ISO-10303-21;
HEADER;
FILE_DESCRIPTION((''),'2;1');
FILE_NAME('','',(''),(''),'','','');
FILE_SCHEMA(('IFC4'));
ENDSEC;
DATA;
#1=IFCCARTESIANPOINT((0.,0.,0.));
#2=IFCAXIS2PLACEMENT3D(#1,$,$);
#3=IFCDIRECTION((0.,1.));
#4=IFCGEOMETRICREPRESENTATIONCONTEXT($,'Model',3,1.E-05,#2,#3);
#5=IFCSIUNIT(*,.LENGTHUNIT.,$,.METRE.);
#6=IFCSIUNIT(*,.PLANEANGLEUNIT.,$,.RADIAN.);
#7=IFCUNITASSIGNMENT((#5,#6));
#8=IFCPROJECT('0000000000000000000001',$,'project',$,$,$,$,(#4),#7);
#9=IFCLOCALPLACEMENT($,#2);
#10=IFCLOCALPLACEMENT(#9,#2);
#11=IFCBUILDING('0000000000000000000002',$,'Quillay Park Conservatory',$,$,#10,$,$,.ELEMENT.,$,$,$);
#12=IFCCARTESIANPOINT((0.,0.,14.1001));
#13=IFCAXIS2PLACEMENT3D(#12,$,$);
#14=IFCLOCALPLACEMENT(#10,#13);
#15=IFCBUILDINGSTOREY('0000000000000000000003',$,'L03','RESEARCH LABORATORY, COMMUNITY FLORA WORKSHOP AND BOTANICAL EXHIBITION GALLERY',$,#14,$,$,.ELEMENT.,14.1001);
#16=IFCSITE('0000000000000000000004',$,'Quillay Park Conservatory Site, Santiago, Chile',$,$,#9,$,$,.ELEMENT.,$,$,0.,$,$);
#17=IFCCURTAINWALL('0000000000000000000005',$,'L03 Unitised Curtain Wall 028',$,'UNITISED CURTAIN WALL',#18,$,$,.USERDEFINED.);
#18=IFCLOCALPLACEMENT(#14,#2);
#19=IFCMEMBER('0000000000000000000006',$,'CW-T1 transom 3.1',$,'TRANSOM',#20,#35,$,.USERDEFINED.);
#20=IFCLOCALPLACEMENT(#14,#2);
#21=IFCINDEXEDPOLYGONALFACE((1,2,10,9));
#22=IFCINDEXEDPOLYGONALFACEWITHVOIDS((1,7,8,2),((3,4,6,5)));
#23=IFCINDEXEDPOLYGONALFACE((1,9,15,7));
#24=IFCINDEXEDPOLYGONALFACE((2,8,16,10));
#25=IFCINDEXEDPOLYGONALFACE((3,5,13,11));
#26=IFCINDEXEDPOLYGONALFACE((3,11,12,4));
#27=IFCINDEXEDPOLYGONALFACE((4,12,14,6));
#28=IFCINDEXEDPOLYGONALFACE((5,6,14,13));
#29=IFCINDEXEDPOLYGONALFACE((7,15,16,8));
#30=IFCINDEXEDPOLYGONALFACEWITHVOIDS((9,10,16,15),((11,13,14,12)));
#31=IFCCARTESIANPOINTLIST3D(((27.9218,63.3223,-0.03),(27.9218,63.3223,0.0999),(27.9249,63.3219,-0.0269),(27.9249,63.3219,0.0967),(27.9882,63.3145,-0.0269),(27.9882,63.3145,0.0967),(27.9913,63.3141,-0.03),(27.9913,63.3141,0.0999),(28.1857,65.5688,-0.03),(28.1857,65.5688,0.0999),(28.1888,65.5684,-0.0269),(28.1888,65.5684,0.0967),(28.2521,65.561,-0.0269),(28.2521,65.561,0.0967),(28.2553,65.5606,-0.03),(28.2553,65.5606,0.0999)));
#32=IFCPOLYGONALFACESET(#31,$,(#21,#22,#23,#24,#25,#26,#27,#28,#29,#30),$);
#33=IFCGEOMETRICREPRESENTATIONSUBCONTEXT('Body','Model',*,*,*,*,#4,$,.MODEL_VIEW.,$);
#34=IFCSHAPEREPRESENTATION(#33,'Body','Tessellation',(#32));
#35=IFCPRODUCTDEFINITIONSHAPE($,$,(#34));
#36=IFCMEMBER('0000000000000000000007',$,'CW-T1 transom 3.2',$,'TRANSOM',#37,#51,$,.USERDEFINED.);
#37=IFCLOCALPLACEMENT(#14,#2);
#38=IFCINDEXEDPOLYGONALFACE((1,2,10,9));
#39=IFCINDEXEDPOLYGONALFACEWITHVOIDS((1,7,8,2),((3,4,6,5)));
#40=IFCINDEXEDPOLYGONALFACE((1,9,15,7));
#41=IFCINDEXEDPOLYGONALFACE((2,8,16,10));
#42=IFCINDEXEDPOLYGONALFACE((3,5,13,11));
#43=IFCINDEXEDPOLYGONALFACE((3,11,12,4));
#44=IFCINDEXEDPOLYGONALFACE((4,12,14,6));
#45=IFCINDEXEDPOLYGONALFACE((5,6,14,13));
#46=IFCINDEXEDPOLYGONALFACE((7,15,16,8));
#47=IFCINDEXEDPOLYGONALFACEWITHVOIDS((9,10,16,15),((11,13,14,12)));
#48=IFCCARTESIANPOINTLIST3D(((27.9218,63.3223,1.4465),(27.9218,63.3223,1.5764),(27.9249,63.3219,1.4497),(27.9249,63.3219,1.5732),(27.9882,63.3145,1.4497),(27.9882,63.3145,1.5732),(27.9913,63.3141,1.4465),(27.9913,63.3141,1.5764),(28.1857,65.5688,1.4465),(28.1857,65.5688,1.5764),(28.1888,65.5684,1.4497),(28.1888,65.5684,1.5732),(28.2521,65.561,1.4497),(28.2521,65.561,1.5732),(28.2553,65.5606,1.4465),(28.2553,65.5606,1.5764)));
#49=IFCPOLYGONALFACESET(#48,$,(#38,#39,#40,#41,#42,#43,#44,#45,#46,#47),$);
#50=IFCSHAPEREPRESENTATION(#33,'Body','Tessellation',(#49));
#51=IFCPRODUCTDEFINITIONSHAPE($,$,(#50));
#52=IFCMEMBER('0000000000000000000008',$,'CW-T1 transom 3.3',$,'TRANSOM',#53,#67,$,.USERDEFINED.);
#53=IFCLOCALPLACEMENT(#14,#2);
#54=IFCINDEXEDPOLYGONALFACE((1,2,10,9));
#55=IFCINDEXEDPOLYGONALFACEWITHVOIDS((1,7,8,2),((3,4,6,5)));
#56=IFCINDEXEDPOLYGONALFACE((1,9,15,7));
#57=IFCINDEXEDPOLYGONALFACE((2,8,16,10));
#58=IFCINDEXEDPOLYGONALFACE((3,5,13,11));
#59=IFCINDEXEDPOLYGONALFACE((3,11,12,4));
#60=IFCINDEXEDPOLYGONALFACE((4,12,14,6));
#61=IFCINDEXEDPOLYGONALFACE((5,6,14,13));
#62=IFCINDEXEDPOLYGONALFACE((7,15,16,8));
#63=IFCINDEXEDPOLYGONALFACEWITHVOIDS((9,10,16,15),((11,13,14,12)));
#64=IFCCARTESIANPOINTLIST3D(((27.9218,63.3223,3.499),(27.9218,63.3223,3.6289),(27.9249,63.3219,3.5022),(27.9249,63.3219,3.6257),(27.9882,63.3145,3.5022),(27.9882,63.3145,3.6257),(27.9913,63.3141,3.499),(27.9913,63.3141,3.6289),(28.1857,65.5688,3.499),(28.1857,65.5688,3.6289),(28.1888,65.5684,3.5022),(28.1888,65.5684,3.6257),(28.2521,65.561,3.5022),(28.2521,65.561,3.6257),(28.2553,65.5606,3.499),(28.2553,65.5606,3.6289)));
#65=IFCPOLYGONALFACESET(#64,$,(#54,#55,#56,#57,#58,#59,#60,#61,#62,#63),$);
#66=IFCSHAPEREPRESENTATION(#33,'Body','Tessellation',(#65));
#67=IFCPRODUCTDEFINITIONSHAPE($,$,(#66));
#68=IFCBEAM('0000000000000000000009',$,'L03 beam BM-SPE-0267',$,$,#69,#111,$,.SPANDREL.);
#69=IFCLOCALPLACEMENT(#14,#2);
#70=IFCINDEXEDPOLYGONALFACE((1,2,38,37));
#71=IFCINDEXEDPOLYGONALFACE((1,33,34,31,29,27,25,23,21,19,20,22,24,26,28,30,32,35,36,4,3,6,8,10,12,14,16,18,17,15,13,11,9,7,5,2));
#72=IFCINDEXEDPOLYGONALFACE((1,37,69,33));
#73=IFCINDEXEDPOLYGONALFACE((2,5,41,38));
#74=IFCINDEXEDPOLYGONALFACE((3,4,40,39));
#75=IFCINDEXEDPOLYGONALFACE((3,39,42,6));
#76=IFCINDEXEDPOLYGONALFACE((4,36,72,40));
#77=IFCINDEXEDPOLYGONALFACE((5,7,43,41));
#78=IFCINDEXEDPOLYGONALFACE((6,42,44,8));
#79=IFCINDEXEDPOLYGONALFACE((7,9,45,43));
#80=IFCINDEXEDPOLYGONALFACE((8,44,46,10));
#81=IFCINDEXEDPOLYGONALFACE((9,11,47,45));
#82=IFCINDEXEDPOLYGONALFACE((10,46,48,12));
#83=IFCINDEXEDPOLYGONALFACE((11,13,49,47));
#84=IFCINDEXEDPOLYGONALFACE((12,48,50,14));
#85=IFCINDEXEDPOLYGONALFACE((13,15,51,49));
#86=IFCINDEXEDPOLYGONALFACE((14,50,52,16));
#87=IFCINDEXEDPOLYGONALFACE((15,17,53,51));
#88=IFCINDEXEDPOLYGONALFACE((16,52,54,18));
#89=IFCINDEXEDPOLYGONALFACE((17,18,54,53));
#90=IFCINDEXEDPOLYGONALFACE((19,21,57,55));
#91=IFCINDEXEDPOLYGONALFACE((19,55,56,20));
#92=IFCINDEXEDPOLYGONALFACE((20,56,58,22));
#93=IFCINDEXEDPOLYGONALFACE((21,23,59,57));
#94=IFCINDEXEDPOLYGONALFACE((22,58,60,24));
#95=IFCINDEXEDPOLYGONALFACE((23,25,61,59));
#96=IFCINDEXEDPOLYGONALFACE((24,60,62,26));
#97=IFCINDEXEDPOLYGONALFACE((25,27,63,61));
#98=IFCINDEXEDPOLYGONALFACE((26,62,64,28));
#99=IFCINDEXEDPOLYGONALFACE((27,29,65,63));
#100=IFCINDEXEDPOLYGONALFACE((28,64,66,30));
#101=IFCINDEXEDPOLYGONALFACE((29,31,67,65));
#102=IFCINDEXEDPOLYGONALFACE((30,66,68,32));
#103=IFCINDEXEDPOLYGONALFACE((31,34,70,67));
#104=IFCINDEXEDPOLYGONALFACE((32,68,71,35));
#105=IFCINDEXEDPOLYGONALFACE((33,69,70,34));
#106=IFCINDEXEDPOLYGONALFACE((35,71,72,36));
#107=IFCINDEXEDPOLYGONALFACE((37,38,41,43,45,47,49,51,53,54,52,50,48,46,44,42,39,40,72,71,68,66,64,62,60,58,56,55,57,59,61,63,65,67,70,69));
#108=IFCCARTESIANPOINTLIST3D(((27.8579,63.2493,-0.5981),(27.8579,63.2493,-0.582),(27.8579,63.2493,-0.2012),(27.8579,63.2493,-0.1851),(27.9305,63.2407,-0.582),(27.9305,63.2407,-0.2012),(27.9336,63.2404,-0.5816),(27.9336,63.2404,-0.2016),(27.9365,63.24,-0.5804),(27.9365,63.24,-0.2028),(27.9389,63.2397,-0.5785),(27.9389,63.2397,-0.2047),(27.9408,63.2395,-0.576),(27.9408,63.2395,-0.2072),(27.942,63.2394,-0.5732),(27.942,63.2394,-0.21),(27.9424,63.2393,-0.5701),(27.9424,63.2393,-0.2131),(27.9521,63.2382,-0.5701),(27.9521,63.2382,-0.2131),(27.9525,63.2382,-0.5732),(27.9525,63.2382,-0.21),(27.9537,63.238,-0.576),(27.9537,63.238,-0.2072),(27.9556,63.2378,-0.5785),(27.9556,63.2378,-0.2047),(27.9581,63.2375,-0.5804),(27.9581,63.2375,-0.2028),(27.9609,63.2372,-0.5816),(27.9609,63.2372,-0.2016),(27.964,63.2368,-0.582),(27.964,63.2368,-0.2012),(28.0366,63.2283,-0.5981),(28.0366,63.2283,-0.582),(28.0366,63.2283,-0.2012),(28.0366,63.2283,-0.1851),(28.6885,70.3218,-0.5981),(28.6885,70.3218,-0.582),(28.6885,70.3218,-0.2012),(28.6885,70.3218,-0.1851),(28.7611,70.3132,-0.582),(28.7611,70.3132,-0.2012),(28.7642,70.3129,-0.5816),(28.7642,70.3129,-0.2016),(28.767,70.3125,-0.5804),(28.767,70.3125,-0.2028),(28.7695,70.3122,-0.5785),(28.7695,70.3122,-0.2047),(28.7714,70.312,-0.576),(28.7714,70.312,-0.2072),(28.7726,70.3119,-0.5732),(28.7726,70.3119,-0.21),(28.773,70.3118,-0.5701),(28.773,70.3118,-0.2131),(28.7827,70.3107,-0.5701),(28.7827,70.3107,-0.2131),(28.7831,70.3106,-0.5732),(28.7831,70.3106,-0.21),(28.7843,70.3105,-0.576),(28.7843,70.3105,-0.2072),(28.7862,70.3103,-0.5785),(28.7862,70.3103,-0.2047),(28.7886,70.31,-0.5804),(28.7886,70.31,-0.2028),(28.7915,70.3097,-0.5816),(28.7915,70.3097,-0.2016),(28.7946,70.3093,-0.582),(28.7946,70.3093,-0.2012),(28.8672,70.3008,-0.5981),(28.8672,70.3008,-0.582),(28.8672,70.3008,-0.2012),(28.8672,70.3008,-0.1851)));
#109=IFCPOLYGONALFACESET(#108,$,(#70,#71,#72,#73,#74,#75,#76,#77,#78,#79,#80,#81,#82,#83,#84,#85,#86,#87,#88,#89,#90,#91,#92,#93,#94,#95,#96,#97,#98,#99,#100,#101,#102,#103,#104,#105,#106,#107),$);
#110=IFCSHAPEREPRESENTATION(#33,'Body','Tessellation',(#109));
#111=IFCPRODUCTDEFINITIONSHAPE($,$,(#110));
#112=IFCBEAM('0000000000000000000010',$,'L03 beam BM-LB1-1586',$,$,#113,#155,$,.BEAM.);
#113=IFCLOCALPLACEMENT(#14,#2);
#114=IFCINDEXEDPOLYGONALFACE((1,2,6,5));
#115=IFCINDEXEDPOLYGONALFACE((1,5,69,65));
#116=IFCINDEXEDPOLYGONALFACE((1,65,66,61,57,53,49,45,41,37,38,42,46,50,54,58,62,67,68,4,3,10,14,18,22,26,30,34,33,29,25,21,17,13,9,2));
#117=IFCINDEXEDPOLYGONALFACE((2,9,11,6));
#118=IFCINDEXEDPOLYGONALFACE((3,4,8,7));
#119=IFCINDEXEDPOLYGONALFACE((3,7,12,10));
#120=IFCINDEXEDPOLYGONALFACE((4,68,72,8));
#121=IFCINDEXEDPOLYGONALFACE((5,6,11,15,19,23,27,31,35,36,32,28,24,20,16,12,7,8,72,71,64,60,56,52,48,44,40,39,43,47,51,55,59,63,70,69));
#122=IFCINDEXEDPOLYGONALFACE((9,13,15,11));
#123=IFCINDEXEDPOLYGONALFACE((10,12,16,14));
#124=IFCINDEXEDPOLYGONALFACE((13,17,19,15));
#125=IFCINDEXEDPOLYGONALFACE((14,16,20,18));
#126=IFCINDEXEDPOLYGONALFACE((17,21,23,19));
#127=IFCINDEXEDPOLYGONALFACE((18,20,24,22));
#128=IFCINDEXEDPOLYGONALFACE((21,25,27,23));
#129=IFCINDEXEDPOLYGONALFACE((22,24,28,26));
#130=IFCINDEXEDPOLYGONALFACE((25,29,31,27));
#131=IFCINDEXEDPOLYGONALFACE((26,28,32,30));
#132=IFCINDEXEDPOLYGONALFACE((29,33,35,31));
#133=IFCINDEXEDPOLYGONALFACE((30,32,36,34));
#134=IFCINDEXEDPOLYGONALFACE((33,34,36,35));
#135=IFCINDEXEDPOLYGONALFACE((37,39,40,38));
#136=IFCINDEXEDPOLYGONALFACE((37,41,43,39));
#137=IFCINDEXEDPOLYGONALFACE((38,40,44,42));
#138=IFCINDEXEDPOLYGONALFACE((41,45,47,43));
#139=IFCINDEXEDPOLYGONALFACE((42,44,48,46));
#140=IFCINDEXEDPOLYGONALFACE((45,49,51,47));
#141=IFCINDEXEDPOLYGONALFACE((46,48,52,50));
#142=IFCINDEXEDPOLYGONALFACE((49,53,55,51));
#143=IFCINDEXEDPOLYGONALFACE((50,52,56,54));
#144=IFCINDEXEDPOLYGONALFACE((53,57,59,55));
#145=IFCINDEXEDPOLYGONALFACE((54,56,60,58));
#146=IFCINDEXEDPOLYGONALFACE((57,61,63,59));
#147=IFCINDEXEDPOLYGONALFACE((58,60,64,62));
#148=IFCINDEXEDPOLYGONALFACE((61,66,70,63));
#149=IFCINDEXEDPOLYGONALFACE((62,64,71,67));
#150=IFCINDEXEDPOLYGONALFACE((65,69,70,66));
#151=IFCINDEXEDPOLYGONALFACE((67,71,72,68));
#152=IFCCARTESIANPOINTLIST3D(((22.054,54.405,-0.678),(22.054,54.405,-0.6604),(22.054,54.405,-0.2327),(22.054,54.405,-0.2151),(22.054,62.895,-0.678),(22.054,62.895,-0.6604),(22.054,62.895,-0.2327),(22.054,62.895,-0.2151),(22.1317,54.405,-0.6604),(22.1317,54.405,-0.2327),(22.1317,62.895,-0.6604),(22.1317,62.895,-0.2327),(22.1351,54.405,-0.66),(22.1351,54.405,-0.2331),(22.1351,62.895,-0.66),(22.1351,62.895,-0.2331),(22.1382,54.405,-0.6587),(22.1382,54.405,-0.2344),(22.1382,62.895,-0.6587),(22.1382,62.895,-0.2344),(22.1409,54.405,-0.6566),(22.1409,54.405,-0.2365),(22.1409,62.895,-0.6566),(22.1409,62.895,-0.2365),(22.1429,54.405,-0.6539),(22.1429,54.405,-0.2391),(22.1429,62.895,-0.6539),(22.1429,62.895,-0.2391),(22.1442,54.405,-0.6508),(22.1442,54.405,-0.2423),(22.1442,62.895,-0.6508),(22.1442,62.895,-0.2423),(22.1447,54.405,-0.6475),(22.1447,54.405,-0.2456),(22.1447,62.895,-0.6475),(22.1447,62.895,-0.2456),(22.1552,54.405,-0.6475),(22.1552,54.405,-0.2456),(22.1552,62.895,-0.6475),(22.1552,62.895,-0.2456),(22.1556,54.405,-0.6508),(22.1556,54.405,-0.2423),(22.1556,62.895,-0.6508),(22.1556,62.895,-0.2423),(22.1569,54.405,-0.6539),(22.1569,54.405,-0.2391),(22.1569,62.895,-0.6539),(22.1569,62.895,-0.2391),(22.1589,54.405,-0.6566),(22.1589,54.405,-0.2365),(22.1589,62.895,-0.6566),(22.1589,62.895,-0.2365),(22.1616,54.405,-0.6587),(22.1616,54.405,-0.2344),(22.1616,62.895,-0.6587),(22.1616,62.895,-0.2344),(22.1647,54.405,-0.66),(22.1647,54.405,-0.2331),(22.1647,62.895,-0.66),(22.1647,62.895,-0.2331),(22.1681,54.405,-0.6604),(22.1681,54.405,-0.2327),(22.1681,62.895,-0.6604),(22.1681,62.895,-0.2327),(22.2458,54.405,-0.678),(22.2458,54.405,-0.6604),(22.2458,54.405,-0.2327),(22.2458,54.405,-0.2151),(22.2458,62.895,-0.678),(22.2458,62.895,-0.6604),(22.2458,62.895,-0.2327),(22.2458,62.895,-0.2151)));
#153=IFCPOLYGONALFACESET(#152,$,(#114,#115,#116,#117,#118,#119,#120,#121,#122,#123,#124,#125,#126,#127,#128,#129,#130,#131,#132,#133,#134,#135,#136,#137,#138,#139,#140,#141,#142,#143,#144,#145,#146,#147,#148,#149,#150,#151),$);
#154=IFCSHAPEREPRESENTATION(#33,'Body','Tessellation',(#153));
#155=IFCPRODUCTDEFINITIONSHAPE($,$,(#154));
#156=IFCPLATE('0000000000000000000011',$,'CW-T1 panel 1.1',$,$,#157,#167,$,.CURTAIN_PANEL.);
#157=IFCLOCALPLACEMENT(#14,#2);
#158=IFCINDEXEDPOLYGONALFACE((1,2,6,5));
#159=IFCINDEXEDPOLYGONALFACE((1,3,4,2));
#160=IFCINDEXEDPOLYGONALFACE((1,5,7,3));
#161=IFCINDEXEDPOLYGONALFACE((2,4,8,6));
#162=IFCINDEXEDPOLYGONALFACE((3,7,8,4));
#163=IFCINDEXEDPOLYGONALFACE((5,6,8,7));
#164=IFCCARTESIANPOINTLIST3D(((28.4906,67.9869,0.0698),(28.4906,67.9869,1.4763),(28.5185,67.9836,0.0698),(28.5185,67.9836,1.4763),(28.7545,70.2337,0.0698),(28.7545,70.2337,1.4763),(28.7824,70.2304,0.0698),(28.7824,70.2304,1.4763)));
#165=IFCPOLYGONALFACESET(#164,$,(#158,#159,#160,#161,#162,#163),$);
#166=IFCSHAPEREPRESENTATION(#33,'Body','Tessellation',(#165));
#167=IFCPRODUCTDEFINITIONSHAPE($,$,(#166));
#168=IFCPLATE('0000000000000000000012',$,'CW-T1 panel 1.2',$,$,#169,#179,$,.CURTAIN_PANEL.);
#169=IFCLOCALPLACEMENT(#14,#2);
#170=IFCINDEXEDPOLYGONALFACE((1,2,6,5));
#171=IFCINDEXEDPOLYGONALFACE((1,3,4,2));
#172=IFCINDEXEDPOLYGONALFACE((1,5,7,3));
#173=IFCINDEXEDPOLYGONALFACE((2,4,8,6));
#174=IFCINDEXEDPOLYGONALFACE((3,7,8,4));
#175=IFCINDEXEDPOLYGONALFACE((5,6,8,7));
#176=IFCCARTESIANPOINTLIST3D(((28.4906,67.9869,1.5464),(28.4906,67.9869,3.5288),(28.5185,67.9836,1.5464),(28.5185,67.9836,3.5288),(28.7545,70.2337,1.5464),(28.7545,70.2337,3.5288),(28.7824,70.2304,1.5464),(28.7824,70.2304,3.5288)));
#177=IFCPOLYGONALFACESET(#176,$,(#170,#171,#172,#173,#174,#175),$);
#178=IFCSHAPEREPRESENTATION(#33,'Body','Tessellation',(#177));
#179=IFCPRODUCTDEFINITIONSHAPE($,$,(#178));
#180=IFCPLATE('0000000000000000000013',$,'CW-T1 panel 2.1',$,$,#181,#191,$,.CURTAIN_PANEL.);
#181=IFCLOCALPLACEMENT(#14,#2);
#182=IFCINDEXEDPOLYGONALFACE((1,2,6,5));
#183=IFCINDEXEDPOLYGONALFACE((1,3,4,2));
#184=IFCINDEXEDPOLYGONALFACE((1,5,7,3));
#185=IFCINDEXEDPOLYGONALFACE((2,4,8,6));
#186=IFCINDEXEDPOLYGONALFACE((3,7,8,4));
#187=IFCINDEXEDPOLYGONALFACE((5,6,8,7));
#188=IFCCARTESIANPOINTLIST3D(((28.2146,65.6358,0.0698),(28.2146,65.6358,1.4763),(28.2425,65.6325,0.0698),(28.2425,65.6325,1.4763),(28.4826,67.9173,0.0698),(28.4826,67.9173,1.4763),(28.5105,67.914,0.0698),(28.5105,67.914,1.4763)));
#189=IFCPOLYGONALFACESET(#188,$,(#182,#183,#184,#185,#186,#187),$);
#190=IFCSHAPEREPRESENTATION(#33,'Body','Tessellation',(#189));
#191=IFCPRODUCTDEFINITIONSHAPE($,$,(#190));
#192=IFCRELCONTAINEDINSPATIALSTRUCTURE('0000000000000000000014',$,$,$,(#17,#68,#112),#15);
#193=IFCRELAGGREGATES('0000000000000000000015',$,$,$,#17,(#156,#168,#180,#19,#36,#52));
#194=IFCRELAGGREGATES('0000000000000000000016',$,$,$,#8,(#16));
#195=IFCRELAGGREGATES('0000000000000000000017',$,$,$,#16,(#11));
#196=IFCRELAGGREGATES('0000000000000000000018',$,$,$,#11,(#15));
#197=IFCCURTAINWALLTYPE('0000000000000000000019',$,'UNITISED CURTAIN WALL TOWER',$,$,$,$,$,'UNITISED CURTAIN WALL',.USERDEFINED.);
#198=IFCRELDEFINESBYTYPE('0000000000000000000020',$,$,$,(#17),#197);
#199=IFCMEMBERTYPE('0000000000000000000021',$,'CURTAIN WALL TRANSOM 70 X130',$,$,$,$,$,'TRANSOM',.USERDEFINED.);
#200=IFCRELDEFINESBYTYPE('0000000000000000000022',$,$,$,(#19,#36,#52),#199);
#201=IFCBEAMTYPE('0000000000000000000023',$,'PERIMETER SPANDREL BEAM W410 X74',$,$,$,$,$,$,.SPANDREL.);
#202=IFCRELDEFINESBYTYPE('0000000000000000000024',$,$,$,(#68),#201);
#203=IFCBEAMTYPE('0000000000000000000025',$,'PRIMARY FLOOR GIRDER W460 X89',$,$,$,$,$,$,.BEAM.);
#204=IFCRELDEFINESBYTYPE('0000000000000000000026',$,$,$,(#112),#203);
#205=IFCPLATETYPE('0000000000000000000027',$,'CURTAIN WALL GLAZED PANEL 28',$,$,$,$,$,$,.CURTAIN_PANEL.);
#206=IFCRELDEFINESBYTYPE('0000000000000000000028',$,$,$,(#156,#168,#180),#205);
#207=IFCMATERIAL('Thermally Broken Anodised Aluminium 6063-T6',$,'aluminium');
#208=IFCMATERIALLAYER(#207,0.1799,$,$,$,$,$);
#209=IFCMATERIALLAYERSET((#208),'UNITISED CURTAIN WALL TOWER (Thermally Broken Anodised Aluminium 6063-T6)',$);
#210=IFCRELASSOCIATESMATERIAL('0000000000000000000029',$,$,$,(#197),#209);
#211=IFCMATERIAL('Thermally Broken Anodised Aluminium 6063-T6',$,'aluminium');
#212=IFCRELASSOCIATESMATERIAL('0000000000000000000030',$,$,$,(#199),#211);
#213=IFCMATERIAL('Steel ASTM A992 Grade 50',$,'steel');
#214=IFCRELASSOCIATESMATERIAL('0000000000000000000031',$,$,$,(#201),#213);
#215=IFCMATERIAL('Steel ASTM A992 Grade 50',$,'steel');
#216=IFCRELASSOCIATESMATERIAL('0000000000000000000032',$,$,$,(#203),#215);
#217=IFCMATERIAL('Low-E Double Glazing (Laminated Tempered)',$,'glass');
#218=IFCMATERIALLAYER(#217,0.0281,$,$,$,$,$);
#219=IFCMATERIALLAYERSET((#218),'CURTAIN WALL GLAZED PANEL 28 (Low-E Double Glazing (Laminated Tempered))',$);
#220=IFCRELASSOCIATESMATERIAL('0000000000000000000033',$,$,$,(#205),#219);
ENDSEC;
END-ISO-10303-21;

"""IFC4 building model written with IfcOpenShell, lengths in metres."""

from ifc_helpers import new_model, si_unit, direction, frame, origin, origin_2d, place, context, subcontext, project, spatial, rectangle, hollow_rectangle, i_section, extrude, material, layer, layer_set, material_profile, profile_set, type_object, element, aggregate, save


model = new_model("IFC4")

# Units and contexts
model_context = context("Model", 3, precision=1e-05, world=origin(), true_north=direction((0.0, 1.0)))
body_context = subcontext(model_context, "Body", "Model", "MODEL_VIEW")
ifc_project = project(units=[si_unit("LENGTHUNIT", "METRE"), si_unit("PLANEANGLEUNIT", "RADIAN")], contexts=[model_context])

# Site, building, storey
site_placement = place(None, origin())
site = spatial("IfcSite", under=ifc_project, at=site_placement, Name="Quillay Park Conservatory Site, Santiago, Chile", CompositionType="ELEMENT", RefElevation=0.0)
building_placement = place(site_placement, origin())
building = spatial("IfcBuilding", under=site, at=building_placement, Name="Quillay Park Conservatory", CompositionType="ELEMENT")
storey_placement = place(building_placement, frame((0.0, 0.0, 14.1001)))
storey = spatial("IfcBuildingStorey", under=building, at=storey_placement, Name="L03", Description="RESEARCH LABORATORY, COMMUNITY FLORA WORKSHOP AND BOTANICAL EXHIBITION GALLERY", CompositionType="ELEMENT", Elevation=14.1001)

# Curtain wall, members
ifc_material_1 = material(Name="Thermally Broken Anodised Aluminium 6063-T6", Category="aluminium")
ifc_layer_1 = layer(ifc_material_1, 0.1799)
ifc_layer_set_1 = layer_set([ifc_layer_1], Name="UNITISED CURTAIN WALL TOWER (Thermally Broken Anodised Aluminium 6063-T6)")
curtain_wall_type = type_object("IfcCurtainWallType", Name="UNITISED CURTAIN WALL TOWER", ElementType="UNITISED CURTAIN WALL", PredefinedType="USERDEFINED", material=ifc_layer_set_1)
curtain_wall_placement = place(storey_placement, origin())
curtain_wall = element("IfcCurtainWall", 1, at=curtain_wall_placement, inside=storey, type_object=curtain_wall_type, Name="L03 Unitised Curtain Wall 028", ObjectType="UNITISED CURTAIN WALL", PredefinedType="USERDEFINED")
ifc_material_2 = material(Name="Thermally Broken Anodised Aluminium 6063-T6", Category="aluminium")
ifc_material_profile_1 = material_profile(ifc_material_2, hollow_rectangle(XDim=0.0701, YDim=0.1299, WallThickness=0.0032, at=origin_2d()), Name="AL70x130x3.2")
ifc_profile_set_1 = profile_set([ifc_material_profile_1], Name="Thermally Broken Anodised Aluminium 6063-T6")
member_type_1 = type_object("IfcMemberType", Name="CURTAIN WALL TRANSOM 70 X130", ElementType="TRANSOM", PredefinedType="USERDEFINED", material=ifc_profile_set_1)
member_1_placement = place(storey_placement, frame((28.2205, 65.5647, 0.0349), z_axis=(-0.116672, -0.99317, 0.0), x_axis=(0.99317, -0.116672, 0.0)))
member_1 = element("IfcMember", 2, at=member_1_placement, type_object=member_type_1, Name="CW-T1 transom 3.1", ObjectType="TRANSOM", PredefinedType="USERDEFINED", context=body_context, shape_type="SweptSolid", body=[
    extrude(hollow_rectangle(XDim=0.0701, YDim=0.1299, WallThickness=0.0032, at=origin_2d()), origin(), (0.0, 0.0, 1.0), 2.262),
])
member_2_placement = place(storey_placement, frame((28.2205, 65.5647, 1.5115), z_axis=(-0.116672, -0.99317, 0.0), x_axis=(0.99317, -0.116672, 0.0)))
member_2 = element("IfcMember", 3, at=member_2_placement, type_object=member_type_1, Name="CW-T1 transom 3.2", ObjectType="TRANSOM", PredefinedType="USERDEFINED", context=body_context, shape_type="SweptSolid", body=[
    extrude(hollow_rectangle(XDim=0.0701, YDim=0.1299, WallThickness=0.0032, at=origin_2d()), origin(), (0.0, 0.0, 1.0), 2.262),
])
member_3_placement = place(storey_placement, frame((28.2205, 65.5647, 3.564), z_axis=(-0.116672, -0.99317, 0.0), x_axis=(0.99317, -0.116672, 0.0)))
member_3 = element("IfcMember", 4, at=member_3_placement, type_object=member_type_1, Name="CW-T1 transom 3.3", ObjectType="TRANSOM", PredefinedType="USERDEFINED", context=body_context, shape_type="SweptSolid", body=[
    extrude(hollow_rectangle(XDim=0.0701, YDim=0.1299, WallThickness=0.0032, at=origin_2d()), origin(), (0.0, 0.0, 1.0), 2.262),
])

# Beams
ifc_material_3 = material(Name="Steel ASTM A992 Grade 50", Category="steel")
ifc_material_profile_2 = material_profile(ifc_material_3, i_section(OverallWidth=0.1799, OverallDepth=0.4131, WebThickness=0.0098, FlangeThickness=0.0161, FilletRadius=0.012, at=origin_2d()), Name="W410x74")
ifc_profile_set_2 = profile_set([ifc_material_profile_2], Name="Steel ASTM A992 Grade 50")
beam_type_1 = type_object("IfcBeamType", Name="PERIMETER SPANDREL BEAM W410 X74", PredefinedType="SPANDREL", material=ifc_profile_set_2)
beam_1_placement = place(storey_placement, frame((27.9473, 63.2388, -0.3916), z_axis=(0.116634, 0.993175, 0.0), x_axis=(-0.993175, 0.116634, 0.0)))
element("IfcBeam", 5, at=beam_1_placement, inside=storey, type_object=beam_type_1, Name="L03 beam BM-SPE-0267", PredefinedType="SPANDREL", context=body_context, shape_type="SweptSolid", body=[
    extrude(i_section(OverallWidth=0.1799, OverallDepth=0.4131, WebThickness=0.0098, FlangeThickness=0.0161, FilletRadius=0.012, at=origin_2d()), origin(), (0.0, 0.0, 1.0), 7.1211),
])
ifc_material_4 = material(Name="Steel ASTM A992 Grade 50", Category="steel")
ifc_material_profile_3 = material_profile(ifc_material_4, i_section(OverallWidth=0.1919, OverallDepth=0.4629, WebThickness=0.0105, FlangeThickness=0.0176, FilletRadius=0.0129, at=origin_2d()), Name="W460x89")
ifc_profile_set_3 = profile_set([ifc_material_profile_3], Name="Steel ASTM A992 Grade 50")
beam_type_2 = type_object("IfcBeamType", Name="PRIMARY FLOOR GIRDER W460 X89", PredefinedType="BEAM", material=ifc_profile_set_3)
beam_2_placement = place(storey_placement, frame((22.1499, 54.405, -0.4465), z_axis=(0.0, 1.0, 0.0), x_axis=(-1.0, 0.0, 0.0)))
element("IfcBeam", 6, at=beam_2_placement, inside=storey, type_object=beam_type_2, Name="L03 beam BM-LB1-1586", PredefinedType="BEAM", context=body_context, shape_type="SweptSolid", body=[
    extrude(i_section(OverallWidth=0.1919, OverallDepth=0.4629, WebThickness=0.0105, FlangeThickness=0.0176, FilletRadius=0.0129, at=origin_2d()), origin(), (0.0, 0.0, 1.0), 8.49),
])

# Plates
ifc_material_5 = material(Name="Low-E Double Glazing (Laminated Tempered)", Category="glass")
ifc_layer_2 = layer(ifc_material_5, 0.0281)
ifc_layer_set_2 = layer_set([ifc_layer_2], Name="CURTAIN WALL GLAZED PANEL 28 (Low-E Double Glazing (Laminated Tempered))")
plate_type = type_object("IfcPlateType", Name="CURTAIN WALL GLAZED PANEL 28", PredefinedType="CURTAIN_PANEL", material=ifc_layer_set_2)
plate_1_placement = place(storey_placement, frame((28.6365, 69.1086, 0.0698), z_axis=(0.0, 0.0, 1.0), x_axis=(-0.116655, -0.993173, 0.0)))
plate_1 = element("IfcPlate", 7, at=plate_1_placement, type_object=plate_type, Name="CW-T1 panel 1.1", PredefinedType="CURTAIN_PANEL", context=body_context, shape_type="SweptSolid", body=[
    extrude(rectangle(XDim=2.2622, YDim=0.0281, at=origin_2d()), origin(), (0.0, 0.0, 1.0), 1.4065),
])
plate_2_placement = place(storey_placement, frame((28.6365, 69.1086, 1.5464), z_axis=(0.0, 0.0, 1.0), x_axis=(-0.116655, -0.993173, 0.0)))
plate_2 = element("IfcPlate", 8, at=plate_2_placement, type_object=plate_type, Name="CW-T1 panel 1.2", PredefinedType="CURTAIN_PANEL", context=body_context, shape_type="SweptSolid", body=[
    extrude(rectangle(XDim=2.2622, YDim=0.0281, at=origin_2d()), origin(), (0.0, 0.0, 1.0), 1.9824),
])
plate_3_placement = place(storey_placement, frame((28.3625, 66.7749, 0.0698), z_axis=(0.0, 0.0, 1.0), x_axis=(-0.116655, -0.993173, 0.0)))
plate_3 = element("IfcPlate", 9, at=plate_3_placement, type_object=plate_type, Name="CW-T1 panel 2.1", PredefinedType="CURTAIN_PANEL", context=body_context, shape_type="SweptSolid", body=[
    extrude(rectangle(XDim=2.2971, YDim=0.0281, at=origin_2d()), origin(), (0.0, 0.0, 1.0), 1.4065),
])
aggregate(curtain_wall, [plate_1, plate_2, plate_3, member_1, member_2, member_3])

save(model, "model.ifc")
